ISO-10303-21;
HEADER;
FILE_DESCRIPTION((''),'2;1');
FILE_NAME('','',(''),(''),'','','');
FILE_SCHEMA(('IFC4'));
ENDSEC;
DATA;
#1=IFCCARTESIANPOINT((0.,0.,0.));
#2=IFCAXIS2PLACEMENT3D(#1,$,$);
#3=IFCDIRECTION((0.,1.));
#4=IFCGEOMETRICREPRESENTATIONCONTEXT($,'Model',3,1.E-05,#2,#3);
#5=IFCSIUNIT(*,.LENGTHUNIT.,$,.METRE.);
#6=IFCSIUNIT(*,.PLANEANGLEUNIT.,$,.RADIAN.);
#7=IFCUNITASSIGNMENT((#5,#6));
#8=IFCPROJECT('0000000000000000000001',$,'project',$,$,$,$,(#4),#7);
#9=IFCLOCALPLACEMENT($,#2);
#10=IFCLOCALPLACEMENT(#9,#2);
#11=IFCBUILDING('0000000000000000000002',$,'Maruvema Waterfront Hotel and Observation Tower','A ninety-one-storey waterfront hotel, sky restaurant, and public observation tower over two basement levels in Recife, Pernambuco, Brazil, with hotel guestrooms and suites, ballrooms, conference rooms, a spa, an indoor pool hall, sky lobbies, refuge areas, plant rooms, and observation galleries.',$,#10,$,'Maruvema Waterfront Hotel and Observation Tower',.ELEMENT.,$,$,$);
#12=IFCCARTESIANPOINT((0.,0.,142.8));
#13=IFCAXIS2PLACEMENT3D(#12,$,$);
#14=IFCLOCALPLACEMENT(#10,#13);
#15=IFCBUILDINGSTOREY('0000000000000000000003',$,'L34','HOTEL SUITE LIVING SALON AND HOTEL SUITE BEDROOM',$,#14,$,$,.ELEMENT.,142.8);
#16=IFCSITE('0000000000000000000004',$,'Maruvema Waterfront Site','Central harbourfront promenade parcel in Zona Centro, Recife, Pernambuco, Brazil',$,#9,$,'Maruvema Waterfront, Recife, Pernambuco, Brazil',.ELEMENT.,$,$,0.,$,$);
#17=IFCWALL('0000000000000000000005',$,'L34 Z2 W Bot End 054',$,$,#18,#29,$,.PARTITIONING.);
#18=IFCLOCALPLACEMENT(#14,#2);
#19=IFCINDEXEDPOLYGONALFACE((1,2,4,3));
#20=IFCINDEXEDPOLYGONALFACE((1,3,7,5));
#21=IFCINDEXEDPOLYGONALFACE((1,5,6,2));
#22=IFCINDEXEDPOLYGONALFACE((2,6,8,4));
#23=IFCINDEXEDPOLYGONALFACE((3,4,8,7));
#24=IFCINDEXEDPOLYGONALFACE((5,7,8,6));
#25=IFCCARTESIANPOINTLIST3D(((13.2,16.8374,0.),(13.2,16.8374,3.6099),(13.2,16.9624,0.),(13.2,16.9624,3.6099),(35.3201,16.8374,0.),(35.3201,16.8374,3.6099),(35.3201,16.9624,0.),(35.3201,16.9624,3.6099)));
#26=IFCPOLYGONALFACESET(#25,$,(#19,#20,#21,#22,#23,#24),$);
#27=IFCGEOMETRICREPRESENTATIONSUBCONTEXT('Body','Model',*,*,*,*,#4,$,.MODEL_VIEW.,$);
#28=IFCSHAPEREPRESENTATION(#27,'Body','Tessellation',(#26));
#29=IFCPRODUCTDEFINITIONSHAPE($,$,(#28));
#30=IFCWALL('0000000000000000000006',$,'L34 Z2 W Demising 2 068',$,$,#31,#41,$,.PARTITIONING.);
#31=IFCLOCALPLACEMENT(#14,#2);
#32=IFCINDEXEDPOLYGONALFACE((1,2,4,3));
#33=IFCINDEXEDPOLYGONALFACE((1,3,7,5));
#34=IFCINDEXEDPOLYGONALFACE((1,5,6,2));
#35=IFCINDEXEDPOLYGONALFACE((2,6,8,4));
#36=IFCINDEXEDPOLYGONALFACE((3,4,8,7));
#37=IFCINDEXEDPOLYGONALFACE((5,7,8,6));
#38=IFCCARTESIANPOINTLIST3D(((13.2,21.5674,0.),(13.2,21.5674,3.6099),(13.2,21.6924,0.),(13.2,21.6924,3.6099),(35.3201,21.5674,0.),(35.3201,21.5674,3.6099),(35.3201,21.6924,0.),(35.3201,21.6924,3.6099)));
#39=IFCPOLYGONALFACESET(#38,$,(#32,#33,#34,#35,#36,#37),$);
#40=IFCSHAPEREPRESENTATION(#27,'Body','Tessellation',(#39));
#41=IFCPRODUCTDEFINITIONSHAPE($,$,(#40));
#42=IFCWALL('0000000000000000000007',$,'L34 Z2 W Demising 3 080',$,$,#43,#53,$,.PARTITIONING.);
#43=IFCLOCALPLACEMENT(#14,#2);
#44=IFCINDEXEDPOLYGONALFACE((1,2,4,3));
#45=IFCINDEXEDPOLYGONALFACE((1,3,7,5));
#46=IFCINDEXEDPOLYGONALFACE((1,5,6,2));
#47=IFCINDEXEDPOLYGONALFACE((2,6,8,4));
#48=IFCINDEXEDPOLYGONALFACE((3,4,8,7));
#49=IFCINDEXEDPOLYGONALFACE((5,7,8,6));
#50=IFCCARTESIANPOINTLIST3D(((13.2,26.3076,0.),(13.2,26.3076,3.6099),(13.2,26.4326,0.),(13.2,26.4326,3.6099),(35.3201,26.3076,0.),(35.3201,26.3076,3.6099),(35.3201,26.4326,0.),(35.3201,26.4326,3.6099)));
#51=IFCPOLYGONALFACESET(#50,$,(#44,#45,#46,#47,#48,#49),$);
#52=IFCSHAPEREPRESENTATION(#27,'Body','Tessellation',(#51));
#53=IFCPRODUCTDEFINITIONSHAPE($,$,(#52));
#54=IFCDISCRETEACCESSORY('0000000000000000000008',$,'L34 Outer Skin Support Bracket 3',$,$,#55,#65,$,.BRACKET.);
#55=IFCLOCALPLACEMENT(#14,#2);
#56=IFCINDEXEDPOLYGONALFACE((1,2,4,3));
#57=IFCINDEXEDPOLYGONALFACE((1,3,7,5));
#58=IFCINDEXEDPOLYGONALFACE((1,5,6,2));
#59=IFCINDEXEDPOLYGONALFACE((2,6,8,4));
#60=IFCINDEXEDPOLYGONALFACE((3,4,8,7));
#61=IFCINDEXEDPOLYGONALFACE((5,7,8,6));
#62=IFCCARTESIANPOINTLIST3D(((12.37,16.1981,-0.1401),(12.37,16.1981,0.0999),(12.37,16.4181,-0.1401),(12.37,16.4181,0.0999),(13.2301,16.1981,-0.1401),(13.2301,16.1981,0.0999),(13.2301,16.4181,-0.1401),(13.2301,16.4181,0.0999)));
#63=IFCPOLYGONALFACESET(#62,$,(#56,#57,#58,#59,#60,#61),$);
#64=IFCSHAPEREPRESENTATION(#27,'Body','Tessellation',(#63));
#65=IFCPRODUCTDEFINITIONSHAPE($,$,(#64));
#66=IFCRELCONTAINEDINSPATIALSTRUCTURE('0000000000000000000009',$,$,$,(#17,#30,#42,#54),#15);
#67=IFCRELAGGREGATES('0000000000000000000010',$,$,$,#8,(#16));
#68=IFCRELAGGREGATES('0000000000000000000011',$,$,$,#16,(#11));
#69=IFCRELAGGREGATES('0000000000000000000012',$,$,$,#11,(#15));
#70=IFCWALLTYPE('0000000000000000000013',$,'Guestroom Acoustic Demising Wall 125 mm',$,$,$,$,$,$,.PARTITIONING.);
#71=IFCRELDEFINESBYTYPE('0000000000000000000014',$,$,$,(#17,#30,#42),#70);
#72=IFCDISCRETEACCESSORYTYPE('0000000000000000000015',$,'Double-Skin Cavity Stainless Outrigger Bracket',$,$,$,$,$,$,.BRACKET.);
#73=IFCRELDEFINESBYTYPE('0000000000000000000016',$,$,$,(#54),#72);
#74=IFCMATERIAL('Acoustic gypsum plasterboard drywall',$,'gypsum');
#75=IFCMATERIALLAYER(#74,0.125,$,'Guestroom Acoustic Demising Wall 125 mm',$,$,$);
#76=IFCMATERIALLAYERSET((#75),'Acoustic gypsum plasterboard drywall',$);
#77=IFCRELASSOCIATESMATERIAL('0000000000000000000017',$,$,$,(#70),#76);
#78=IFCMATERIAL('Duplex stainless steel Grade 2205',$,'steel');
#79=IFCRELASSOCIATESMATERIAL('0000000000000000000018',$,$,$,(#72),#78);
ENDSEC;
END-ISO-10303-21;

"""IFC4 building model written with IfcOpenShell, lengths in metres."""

from ifc_helpers import new_model, si_unit, direction, frame, frame_2d, origin, origin_2d, place, context, subcontext, project, spatial, rectangle, extrude, material, layer, layer_set, type_object, element, save


model = new_model("IFC4")

# Units and contexts
model_context = context("Model", 3, precision=1e-05, world=origin(), true_north=direction((0.0, 1.0)))
body_context = subcontext(model_context, "Body", "Model", "MODEL_VIEW")
ifc_project = project(units=[si_unit("LENGTHUNIT", "METRE"), si_unit("PLANEANGLEUNIT", "RADIAN")], contexts=[model_context])

# Site, building, storey
site_placement = place(None, origin())
site = spatial("IfcSite", under=ifc_project, at=site_placement, Name="Maruvema Waterfront Site", Description="Central harbourfront promenade parcel in Zona Centro, Recife, Pernambuco, Brazil", LongName="Maruvema Waterfront, Recife, Pernambuco, Brazil", CompositionType="ELEMENT", RefElevation=0.0)
building_placement = place(site_placement, origin())
building = spatial("IfcBuilding", under=site, at=building_placement, Name="Maruvema Waterfront Hotel and Observation Tower", Description="A ninety-one-storey waterfront hotel, sky restaurant, and public observation tower over two basement levels in Recife, Pernambuco, Brazil, with hotel guestrooms and suites, ballrooms, conference rooms, a spa, an indoor pool hall, sky lobbies, refuge areas, plant rooms, and observation galleries.", LongName="Maruvema Waterfront Hotel and Observation Tower", CompositionType="ELEMENT")
storey_placement = place(building_placement, frame((0.0, 0.0, 142.8)))
storey = spatial("IfcBuildingStorey", under=building, at=storey_placement, Name="L34", Description="HOTEL SUITE LIVING SALON AND HOTEL SUITE BEDROOM", CompositionType="ELEMENT", Elevation=142.8)

# Walls
ifc_material_1 = material(Name="Acoustic gypsum plasterboard drywall", Category="gypsum")
ifc_layer_1 = layer(ifc_material_1, 0.125, Name="Guestroom Acoustic Demising Wall 125 mm")
ifc_layer_set_1 = layer_set([ifc_layer_1], Name="Acoustic gypsum plasterboard drywall")
wall_type_1 = type_object("IfcWallType", Name="Guestroom Acoustic Demising Wall 125 mm", PredefinedType="PARTITIONING", material=ifc_layer_set_1)
for number, where, z_axis, x_axis, name in (
    (1, (13.2, 16.8999, 0.0), (0.0, 0.0, 1.0), (1.0, 0.0, 0.0), "L34 Z2 W Bot End 054"),
    (2, (13.2, 21.6299, 0.0), (0.0, 0.0, 1.0), (1.0, 0.0, 0.0), "L34 Z2 W Demising 2 068"),
    (3, (13.2, 26.3701, 0.0), (0.0, 0.0, 1.0), (1.0, 0.0, 0.0), "L34 Z2 W Demising 3 080"),
):
    element("IfcWall", number, at=place(storey_placement, frame(where, z_axis=z_axis, x_axis=x_axis)), inside=storey, type_object=wall_type_1, Name=name, PredefinedType="PARTITIONING", context=body_context, shape_type="SweptSolid", body=[
        extrude(rectangle(XDim=22.1201, YDim=0.125, at=frame_2d((11.0601, 0.0))), origin(), (0.0, 0.0, 1.0), 3.6099),
    ])

# Discrete accessory
ifc_material_2 = material(Name="Duplex stainless steel Grade 2205", Category="steel")
discrete_accessory_type = type_object("IfcDiscreteAccessoryType", Name="Double-Skin Cavity Stainless Outrigger Bracket", PredefinedType="BRACKET", material=ifc_material_2)
discrete_accessory_placement = place(storey_placement, frame((12.8, 16.3081, -0.1401), z_axis=(0.0, 0.0, 1.0), x_axis=(0.0, -1.0, 0.0)))
element("IfcDiscreteAccessory", 4, at=discrete_accessory_placement, inside=storey, type_object=discrete_accessory_type, Name="L34 Outer Skin Support Bracket 3", PredefinedType="BRACKET", context=body_context, shape_type="SweptSolid", body=[
    extrude(rectangle(XDim=0.22, YDim=0.8601, at=origin_2d()), origin(), (0.0, 0.0, 1.0), 0.24),
])

save(model, "model.ifc")
